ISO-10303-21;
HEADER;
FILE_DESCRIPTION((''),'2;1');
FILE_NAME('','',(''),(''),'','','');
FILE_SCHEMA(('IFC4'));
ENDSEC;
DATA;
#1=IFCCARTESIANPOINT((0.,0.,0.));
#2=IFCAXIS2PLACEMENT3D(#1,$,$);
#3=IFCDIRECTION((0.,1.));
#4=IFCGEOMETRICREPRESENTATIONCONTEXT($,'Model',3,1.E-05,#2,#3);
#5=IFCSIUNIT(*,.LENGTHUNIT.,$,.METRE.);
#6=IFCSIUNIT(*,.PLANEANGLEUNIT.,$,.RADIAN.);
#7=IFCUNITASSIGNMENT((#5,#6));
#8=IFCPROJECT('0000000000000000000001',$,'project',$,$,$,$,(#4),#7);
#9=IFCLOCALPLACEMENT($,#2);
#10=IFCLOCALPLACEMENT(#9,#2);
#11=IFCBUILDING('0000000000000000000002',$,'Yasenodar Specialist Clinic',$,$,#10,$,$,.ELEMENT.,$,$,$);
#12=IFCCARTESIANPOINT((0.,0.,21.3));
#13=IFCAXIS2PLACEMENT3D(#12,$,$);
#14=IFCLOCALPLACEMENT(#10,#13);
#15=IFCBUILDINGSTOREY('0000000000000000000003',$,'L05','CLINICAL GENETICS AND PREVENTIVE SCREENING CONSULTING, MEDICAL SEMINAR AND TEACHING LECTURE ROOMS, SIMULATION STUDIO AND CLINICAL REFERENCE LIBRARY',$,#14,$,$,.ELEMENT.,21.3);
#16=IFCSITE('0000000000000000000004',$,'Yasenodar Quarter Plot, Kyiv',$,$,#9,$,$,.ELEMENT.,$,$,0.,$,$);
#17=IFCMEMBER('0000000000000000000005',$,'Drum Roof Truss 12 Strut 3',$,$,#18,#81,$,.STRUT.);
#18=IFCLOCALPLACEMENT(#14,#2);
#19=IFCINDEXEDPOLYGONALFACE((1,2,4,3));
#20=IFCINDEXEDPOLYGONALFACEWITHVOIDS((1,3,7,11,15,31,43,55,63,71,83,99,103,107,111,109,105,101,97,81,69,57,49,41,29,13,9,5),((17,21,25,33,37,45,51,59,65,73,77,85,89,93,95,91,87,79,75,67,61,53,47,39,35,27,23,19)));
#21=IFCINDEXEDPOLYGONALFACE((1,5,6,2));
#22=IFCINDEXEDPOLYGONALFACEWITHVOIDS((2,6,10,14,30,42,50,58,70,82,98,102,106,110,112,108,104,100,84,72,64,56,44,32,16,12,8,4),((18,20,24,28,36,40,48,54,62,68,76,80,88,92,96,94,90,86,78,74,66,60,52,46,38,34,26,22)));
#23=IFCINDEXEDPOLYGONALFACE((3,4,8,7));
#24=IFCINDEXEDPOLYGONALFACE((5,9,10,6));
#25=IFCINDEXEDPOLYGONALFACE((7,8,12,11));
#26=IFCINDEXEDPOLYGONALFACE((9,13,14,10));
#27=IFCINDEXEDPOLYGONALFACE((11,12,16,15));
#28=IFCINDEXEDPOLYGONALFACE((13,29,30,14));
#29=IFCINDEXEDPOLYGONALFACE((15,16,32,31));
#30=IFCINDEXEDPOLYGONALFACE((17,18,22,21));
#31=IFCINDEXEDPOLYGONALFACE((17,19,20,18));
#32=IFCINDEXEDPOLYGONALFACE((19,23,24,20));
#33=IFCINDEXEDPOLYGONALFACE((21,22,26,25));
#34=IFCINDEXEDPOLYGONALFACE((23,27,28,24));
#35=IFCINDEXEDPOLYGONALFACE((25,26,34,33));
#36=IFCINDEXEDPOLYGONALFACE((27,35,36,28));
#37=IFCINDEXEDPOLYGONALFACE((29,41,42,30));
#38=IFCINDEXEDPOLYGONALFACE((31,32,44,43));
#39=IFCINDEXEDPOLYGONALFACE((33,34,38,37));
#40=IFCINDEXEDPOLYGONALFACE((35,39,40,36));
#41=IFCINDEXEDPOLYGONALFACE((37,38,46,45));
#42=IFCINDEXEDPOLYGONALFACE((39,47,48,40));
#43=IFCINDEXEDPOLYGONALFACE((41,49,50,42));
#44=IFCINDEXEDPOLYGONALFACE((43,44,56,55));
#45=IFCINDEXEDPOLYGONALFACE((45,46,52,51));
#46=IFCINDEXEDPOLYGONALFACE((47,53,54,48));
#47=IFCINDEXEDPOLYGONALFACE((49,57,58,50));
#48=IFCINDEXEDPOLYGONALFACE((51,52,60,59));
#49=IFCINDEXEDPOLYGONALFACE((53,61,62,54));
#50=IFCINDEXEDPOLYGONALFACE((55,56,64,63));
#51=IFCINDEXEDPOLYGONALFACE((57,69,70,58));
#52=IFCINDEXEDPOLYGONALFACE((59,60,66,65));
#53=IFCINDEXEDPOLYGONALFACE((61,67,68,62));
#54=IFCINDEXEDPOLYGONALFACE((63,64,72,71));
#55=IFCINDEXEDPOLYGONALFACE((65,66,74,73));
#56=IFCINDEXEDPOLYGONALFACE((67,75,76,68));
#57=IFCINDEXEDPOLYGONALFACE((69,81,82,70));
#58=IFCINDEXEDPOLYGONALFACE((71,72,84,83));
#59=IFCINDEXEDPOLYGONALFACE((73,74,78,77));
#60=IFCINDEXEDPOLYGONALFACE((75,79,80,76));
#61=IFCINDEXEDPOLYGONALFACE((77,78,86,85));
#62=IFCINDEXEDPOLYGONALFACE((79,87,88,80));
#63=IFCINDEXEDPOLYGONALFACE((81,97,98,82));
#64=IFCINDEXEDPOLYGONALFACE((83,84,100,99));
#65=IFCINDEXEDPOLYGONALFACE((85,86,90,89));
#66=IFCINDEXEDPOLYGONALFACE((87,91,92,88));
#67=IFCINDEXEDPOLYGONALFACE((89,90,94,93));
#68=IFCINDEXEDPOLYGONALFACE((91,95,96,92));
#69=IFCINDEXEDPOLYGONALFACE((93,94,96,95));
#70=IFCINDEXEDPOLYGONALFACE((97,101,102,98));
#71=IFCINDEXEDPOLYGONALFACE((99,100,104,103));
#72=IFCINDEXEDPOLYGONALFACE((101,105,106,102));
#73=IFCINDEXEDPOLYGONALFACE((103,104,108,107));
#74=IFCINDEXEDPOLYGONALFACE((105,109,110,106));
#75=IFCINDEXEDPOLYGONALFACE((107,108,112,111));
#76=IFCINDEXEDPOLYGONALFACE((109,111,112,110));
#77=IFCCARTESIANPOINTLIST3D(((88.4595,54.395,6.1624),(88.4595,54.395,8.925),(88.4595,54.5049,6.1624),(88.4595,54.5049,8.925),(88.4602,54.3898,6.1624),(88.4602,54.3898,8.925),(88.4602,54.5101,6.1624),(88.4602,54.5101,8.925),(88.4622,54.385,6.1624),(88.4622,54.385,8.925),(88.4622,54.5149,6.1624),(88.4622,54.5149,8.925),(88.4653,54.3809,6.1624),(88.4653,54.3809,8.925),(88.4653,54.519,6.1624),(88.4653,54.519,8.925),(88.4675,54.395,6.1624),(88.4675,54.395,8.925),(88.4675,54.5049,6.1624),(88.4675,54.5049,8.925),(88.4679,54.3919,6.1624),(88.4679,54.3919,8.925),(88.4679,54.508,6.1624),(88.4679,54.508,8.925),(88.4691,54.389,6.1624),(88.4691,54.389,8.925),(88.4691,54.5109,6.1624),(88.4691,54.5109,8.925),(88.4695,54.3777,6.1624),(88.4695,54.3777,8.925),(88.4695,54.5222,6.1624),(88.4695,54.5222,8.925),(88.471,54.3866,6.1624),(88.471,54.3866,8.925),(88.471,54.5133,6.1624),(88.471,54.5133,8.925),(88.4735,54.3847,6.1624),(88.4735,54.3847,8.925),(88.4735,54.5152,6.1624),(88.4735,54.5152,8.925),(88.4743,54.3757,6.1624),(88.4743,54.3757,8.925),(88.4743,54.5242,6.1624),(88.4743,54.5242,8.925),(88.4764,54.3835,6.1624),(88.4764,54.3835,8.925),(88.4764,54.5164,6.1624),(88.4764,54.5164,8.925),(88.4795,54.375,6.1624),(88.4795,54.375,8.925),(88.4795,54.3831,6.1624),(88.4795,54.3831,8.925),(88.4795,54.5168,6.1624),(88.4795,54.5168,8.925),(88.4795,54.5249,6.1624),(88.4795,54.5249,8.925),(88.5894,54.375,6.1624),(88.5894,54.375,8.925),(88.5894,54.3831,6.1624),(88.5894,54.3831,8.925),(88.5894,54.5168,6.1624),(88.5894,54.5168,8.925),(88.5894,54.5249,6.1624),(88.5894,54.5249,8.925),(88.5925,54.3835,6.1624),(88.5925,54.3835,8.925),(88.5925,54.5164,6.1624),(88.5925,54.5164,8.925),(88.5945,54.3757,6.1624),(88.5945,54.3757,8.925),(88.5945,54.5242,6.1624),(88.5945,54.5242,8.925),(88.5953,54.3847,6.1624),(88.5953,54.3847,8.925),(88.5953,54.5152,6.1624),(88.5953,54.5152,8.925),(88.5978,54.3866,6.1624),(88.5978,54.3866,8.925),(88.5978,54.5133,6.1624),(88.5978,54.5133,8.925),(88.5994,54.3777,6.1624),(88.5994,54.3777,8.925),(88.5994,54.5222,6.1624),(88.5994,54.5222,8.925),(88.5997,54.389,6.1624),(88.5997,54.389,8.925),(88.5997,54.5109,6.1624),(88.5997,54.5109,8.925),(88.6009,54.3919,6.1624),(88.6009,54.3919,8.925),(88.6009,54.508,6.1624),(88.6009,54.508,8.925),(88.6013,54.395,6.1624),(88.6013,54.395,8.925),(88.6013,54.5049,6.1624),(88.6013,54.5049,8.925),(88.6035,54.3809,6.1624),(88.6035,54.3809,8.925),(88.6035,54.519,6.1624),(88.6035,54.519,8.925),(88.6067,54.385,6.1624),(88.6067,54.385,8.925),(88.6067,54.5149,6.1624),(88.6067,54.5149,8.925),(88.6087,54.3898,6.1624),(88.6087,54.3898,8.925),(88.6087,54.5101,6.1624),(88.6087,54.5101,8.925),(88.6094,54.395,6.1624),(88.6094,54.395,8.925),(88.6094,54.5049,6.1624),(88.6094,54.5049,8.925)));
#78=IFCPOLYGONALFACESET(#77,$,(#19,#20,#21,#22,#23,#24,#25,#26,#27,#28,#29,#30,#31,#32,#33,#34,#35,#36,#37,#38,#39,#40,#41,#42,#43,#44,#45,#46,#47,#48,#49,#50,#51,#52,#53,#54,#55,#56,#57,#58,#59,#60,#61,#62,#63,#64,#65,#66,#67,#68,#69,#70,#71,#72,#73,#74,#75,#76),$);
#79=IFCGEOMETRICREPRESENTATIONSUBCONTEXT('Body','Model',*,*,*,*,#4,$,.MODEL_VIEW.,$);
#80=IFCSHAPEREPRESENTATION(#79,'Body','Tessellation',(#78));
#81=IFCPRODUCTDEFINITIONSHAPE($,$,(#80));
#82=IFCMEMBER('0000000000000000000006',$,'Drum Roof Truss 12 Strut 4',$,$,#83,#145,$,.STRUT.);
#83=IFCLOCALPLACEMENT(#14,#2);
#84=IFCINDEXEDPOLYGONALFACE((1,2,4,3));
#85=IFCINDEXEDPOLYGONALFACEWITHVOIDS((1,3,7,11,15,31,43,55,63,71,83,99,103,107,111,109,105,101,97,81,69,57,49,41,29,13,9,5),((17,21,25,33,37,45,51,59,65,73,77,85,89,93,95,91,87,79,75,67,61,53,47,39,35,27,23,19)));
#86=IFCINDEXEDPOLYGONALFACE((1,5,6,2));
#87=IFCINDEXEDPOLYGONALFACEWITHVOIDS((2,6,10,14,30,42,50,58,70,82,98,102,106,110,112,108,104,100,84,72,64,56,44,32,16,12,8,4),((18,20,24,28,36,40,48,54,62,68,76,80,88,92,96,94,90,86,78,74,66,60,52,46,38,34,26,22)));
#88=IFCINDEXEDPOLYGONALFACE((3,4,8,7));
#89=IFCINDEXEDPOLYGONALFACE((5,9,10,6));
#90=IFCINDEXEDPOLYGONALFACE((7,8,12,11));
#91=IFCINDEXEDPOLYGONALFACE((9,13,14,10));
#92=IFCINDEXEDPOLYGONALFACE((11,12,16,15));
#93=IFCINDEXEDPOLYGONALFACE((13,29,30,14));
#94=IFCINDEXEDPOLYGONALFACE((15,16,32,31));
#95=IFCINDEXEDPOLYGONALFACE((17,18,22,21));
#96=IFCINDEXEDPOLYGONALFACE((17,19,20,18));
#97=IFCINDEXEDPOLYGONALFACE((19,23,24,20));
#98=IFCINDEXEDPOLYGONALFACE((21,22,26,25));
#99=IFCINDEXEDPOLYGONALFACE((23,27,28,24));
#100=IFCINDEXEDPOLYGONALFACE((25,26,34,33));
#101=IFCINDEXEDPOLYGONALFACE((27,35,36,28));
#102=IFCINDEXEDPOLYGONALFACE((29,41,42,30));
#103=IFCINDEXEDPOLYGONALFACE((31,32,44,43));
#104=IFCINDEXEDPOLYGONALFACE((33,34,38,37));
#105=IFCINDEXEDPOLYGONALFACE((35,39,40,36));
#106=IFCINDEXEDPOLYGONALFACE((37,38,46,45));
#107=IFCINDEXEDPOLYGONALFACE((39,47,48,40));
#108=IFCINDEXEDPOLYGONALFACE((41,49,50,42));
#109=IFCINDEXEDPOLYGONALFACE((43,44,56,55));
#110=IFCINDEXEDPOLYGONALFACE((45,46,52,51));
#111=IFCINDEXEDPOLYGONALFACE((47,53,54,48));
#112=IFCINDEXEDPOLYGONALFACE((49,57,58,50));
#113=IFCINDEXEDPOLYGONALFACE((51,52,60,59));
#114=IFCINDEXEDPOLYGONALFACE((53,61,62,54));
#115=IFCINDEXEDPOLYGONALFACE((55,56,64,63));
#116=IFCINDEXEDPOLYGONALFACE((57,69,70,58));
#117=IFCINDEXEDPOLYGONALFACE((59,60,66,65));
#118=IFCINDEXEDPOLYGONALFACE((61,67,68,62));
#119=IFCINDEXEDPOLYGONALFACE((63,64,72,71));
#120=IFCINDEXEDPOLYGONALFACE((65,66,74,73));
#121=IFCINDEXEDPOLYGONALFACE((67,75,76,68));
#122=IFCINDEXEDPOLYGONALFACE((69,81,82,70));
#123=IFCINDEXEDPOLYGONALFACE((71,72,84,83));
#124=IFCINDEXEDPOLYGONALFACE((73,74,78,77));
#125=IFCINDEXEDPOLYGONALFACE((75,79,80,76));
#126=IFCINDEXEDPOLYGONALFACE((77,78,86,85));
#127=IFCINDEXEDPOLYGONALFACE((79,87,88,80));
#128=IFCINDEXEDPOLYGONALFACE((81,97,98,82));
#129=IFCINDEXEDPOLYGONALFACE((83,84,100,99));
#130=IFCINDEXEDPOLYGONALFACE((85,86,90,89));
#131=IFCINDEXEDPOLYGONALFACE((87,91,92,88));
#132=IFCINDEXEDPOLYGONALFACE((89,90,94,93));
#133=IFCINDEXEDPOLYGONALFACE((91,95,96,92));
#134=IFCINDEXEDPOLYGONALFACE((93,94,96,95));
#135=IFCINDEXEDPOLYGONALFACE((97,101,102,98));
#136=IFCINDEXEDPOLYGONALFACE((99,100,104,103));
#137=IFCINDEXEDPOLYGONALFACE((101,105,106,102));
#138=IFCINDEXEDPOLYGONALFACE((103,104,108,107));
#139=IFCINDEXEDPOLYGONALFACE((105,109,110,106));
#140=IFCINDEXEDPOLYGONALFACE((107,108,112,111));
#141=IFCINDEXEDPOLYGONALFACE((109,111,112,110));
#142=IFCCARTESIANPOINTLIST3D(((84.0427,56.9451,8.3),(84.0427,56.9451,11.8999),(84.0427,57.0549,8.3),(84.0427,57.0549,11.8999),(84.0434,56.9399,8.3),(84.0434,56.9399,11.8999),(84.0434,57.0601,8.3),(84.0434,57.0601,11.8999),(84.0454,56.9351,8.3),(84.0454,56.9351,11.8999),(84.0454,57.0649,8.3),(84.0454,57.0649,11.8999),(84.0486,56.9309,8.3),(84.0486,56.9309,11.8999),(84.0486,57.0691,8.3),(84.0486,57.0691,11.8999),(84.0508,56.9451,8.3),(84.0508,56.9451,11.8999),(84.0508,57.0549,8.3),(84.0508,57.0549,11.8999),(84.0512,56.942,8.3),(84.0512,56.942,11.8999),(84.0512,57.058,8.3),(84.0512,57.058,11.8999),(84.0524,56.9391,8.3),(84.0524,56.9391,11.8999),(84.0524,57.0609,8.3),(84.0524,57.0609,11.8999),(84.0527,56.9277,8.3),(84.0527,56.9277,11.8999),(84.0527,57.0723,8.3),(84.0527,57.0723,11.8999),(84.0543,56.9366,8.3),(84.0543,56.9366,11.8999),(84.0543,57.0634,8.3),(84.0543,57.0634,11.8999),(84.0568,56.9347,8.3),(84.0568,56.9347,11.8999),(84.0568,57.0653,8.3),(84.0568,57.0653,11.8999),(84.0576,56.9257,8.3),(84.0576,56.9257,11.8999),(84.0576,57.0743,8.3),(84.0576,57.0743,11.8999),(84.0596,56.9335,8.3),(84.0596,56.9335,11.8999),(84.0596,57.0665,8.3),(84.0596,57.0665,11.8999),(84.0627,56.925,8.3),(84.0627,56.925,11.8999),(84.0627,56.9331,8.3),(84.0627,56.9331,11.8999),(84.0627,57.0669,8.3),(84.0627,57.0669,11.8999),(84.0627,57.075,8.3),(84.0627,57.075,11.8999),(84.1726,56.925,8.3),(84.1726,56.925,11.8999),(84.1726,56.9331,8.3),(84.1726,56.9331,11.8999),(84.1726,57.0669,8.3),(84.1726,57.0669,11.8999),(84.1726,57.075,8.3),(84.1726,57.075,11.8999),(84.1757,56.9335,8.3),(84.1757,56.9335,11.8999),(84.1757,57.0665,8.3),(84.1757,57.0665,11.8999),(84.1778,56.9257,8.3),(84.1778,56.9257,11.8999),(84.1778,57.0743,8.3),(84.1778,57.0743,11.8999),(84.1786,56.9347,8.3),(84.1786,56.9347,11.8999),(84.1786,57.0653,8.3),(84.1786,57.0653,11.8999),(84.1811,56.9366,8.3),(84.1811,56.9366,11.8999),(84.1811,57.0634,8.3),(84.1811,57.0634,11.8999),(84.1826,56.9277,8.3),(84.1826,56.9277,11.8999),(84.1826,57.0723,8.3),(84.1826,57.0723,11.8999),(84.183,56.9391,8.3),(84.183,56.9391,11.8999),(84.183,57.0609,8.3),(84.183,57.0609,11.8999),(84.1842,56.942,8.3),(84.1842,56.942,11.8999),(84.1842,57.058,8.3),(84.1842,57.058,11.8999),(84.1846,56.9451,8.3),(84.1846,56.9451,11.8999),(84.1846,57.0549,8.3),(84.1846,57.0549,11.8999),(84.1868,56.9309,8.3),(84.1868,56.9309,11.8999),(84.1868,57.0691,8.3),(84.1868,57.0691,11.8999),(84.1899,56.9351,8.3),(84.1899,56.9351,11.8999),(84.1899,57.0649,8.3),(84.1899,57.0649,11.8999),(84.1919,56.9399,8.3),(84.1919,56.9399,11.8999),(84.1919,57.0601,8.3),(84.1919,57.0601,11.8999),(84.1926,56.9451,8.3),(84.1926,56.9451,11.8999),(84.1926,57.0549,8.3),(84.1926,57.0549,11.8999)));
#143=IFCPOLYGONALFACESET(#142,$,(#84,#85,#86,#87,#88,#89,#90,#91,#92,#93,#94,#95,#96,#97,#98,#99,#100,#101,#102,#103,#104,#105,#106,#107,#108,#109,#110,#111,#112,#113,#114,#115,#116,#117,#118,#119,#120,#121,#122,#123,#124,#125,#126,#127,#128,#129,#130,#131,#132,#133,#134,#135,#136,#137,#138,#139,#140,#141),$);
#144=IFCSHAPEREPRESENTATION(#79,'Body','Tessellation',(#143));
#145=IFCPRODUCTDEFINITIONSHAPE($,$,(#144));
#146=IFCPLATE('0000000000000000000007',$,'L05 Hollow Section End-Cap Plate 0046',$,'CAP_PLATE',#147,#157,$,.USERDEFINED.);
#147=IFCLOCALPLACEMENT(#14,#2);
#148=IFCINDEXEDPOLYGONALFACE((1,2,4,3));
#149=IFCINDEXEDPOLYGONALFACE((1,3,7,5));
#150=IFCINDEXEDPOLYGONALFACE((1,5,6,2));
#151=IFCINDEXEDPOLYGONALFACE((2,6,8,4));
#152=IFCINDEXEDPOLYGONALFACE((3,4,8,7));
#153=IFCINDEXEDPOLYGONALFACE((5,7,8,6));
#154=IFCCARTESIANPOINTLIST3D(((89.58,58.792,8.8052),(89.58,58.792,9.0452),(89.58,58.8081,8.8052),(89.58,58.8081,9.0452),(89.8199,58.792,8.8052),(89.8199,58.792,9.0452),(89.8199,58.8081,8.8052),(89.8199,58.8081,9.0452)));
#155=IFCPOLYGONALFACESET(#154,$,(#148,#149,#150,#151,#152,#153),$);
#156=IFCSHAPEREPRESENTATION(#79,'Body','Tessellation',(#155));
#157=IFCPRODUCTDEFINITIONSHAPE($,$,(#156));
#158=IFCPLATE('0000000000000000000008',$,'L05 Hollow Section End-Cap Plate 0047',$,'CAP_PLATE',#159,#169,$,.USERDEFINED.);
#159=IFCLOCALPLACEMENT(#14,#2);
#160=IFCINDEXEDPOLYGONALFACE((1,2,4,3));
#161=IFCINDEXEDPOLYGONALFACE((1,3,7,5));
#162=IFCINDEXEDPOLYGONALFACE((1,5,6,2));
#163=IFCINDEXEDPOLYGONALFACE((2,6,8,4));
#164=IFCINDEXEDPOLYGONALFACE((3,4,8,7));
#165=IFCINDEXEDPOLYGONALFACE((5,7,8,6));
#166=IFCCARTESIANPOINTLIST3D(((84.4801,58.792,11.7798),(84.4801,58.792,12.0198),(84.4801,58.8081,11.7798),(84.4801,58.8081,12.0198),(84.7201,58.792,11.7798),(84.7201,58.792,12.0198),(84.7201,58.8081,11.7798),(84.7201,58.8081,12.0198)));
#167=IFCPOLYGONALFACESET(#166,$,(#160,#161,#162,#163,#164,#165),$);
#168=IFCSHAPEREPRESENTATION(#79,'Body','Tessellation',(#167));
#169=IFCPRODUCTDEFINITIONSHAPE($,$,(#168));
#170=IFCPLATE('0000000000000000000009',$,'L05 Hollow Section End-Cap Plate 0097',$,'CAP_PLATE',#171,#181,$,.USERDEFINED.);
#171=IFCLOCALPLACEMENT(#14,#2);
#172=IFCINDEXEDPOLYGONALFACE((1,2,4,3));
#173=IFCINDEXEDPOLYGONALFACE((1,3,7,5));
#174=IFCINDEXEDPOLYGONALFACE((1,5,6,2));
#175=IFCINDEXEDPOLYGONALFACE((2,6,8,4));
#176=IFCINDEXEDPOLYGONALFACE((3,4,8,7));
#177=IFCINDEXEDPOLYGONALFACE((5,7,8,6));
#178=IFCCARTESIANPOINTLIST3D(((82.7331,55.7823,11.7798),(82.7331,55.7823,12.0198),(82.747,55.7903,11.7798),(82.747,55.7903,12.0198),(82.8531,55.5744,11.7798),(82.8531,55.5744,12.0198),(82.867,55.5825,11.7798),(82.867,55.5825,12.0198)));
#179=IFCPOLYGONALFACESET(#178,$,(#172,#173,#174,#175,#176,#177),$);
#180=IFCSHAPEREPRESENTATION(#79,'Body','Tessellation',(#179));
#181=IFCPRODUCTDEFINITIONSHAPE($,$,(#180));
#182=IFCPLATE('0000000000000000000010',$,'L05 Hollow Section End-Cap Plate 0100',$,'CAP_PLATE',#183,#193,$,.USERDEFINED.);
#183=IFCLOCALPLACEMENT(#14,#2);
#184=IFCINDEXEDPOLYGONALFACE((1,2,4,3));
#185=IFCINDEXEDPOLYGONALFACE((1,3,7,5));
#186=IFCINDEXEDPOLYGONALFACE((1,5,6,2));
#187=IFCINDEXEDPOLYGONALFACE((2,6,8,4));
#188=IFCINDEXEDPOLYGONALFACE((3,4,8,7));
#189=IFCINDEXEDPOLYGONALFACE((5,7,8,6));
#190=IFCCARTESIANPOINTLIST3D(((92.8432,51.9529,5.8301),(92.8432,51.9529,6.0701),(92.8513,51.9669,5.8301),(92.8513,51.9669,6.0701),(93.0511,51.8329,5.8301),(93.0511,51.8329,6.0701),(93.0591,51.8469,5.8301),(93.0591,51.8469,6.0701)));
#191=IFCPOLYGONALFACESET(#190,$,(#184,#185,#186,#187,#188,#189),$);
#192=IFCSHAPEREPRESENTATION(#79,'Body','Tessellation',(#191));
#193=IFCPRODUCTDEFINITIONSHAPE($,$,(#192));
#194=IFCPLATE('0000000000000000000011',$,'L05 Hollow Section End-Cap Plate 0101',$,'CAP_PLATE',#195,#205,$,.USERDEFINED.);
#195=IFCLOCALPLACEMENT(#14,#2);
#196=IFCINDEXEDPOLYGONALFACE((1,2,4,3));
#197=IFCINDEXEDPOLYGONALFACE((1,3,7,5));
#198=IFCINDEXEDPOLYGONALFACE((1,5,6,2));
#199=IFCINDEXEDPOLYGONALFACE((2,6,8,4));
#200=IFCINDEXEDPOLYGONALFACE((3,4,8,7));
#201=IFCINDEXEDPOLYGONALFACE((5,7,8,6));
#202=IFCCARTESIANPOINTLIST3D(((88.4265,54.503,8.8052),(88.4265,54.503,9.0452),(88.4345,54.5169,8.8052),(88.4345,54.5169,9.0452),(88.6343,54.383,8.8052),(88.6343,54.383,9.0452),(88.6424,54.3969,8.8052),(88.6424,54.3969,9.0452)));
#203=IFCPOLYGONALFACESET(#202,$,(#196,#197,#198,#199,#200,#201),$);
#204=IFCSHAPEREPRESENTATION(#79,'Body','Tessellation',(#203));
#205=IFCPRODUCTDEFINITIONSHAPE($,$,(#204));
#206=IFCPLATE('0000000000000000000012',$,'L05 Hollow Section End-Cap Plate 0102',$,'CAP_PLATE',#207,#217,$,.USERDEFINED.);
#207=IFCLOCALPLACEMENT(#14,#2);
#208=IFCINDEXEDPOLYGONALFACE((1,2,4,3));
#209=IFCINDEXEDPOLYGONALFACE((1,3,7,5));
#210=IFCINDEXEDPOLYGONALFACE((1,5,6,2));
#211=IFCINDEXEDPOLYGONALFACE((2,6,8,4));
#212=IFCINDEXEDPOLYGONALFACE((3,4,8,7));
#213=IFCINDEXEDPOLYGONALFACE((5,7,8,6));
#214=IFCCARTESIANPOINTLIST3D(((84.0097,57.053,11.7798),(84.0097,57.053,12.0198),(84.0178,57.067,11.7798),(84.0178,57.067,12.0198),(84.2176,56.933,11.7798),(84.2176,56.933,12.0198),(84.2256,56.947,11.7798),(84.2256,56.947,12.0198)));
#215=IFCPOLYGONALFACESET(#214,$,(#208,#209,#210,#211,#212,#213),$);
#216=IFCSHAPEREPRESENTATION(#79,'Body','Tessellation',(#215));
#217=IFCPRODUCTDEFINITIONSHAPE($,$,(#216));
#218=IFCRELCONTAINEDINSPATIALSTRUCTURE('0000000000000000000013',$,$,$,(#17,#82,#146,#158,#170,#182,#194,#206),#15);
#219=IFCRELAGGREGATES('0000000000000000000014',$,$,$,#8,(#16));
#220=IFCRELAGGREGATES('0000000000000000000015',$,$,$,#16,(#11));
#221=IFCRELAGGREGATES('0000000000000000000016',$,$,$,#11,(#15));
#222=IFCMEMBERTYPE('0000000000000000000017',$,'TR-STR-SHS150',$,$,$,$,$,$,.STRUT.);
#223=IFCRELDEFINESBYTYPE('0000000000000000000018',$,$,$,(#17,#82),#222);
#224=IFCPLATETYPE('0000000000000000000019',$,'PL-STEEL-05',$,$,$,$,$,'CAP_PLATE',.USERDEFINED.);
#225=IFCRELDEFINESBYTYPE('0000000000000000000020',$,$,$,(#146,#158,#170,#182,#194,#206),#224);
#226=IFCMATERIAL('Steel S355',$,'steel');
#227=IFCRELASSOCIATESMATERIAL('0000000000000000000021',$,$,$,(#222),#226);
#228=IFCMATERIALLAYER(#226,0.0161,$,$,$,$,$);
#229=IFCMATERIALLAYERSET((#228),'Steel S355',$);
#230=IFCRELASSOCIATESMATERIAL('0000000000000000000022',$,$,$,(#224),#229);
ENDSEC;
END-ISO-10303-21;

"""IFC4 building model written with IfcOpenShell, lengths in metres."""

from ifc_helpers import new_model, si_unit, direction, frame, origin, origin_2d, place, context, subcontext, project, spatial, rectangle, hollow_rectangle, extrude, material, layer, layer_set, material_profile, profile_set, type_object, element, save


model = new_model("IFC4")

# Units and contexts
model_context = context("Model", 3, precision=1e-05, world=origin(), true_north=direction((0.0, 1.0)))
body_context = subcontext(model_context, "Body", "Model", "MODEL_VIEW")
ifc_project = project(units=[si_unit("LENGTHUNIT", "METRE"), si_unit("PLANEANGLEUNIT", "RADIAN")], contexts=[model_context])

# Site, building, storey
site_placement = place(None, origin())
site = spatial("IfcSite", under=ifc_project, at=site_placement, Name="Yasenodar Quarter Plot, Kyiv", CompositionType="ELEMENT", RefElevation=0.0)
building_placement = place(site_placement, origin())
building = spatial("IfcBuilding", under=site, at=building_placement, Name="Yasenodar Specialist Clinic", CompositionType="ELEMENT")
storey_placement = place(building_placement, frame((0.0, 0.0, 21.3)))
storey = spatial("IfcBuildingStorey", under=building, at=storey_placement, Name="L05", Description="CLINICAL GENETICS AND PREVENTIVE SCREENING CONSULTING, MEDICAL SEMINAR AND TEACHING LECTURE ROOMS, SIMULATION STUDIO AND CLINICAL REFERENCE LIBRARY", CompositionType="ELEMENT", Elevation=21.3)

# Shared definitions
ifc_material = material(Name="Steel S355", Category="steel")

# Members
ifc_material_profile_1 = material_profile(ifc_material, hollow_rectangle(XDim=0.1499, YDim=0.1499, WallThickness=0.0081, InnerFilletRadius=0.012, OuterFilletRadius=0.02, at=origin_2d()), Name="SHS 150x150x8")
ifc_profile_set_1 = profile_set([ifc_material_profile_1], Name="Steel S355")
member_type_1 = type_object("IfcMemberType", Name="TR-STR-SHS150", PredefinedType="STRUT", material=ifc_profile_set_1)
member_1_placement = place(storey_placement, frame((88.5344, 54.45, 6.1624), z_axis=(0.0, 0.0, 1.0), x_axis=(1.0, 0.0, 0.0)))
element("IfcMember", 1, at=member_1_placement, inside=storey, type_object=member_type_1, Name="Drum Roof Truss 12 Strut 3", PredefinedType="STRUT", context=body_context, shape_type="SweptSolid", body=[
    extrude(hollow_rectangle(XDim=0.1499, YDim=0.1499, WallThickness=0.0081, InnerFilletRadius=0.012, OuterFilletRadius=0.02, at=origin_2d()), origin(), (0.0, 0.0, 1.0), 2.7627),
])
member_2_placement = place(storey_placement, frame((84.1177, 57.0, 8.3), z_axis=(0.0, 0.0, 1.0), x_axis=(1.0, 0.0, 0.0)))
element("IfcMember", 2, at=member_2_placement, inside=storey, type_object=member_type_1, Name="Drum Roof Truss 12 Strut 4", PredefinedType="STRUT", context=body_context, shape_type="SweptSolid", body=[
    extrude(hollow_rectangle(XDim=0.1499, YDim=0.1499, WallThickness=0.0081, InnerFilletRadius=0.012, OuterFilletRadius=0.02, at=origin_2d()), origin(), (0.0, 0.0, 1.0), 3.5999),
])

# Plates
ifc_layer = layer(ifc_material, 0.0161)
ifc_layer_set = layer_set([ifc_layer], Name="Steel S355")
plate_type = type_object("IfcPlateType", Name="PL-STEEL-05", ElementType="CAP_PLATE", PredefinedType="USERDEFINED", material=ifc_layer_set)
for number, where, z_axis, x_axis, name in (
    (3, (89.7, 58.8, 8.8052), (0.0, 0.0, 1.0), (1.0, 0.0, 0.0), "L05 Hollow Section End-Cap Plate 0046"),
    (4, (84.6001, 58.8, 11.7798), (0.0, 0.0, 1.0), (1.0, 0.0, 0.0), "L05 Hollow Section End-Cap Plate 0047"),
    (5, (82.8, 55.6824, 11.7798), (0.0, 0.0, 1.0), (0.5, -0.866025, 0.0), "L05 Hollow Section End-Cap Plate 0097"),
    (6, (92.9512, 51.8999, 5.8301), (0.0, 0.0, 1.0), (0.866025, -0.5, 0.0), "L05 Hollow Section End-Cap Plate 0100"),
    (7, (88.5344, 54.45, 8.8052), (0.0, 0.0, 1.0), (0.866025, -0.5, 0.0), "L05 Hollow Section End-Cap Plate 0101"),
    (8, (84.1177, 57.0, 11.7798), (0.0, 0.0, 1.0), (0.866025, -0.5, 0.0), "L05 Hollow Section End-Cap Plate 0102"),
):
    element("IfcPlate", number, at=place(storey_placement, frame(where, z_axis=z_axis, x_axis=x_axis)), inside=storey, type_object=plate_type, Name=name, ObjectType="CAP_PLATE", PredefinedType="USERDEFINED", context=body_context, shape_type="SweptSolid", body=[
        extrude(rectangle(XDim=0.24, YDim=0.0161, at=origin_2d()), origin(), (0.0, 0.0, 1.0), 0.24),
    ])

save(model, "model.ifc")
